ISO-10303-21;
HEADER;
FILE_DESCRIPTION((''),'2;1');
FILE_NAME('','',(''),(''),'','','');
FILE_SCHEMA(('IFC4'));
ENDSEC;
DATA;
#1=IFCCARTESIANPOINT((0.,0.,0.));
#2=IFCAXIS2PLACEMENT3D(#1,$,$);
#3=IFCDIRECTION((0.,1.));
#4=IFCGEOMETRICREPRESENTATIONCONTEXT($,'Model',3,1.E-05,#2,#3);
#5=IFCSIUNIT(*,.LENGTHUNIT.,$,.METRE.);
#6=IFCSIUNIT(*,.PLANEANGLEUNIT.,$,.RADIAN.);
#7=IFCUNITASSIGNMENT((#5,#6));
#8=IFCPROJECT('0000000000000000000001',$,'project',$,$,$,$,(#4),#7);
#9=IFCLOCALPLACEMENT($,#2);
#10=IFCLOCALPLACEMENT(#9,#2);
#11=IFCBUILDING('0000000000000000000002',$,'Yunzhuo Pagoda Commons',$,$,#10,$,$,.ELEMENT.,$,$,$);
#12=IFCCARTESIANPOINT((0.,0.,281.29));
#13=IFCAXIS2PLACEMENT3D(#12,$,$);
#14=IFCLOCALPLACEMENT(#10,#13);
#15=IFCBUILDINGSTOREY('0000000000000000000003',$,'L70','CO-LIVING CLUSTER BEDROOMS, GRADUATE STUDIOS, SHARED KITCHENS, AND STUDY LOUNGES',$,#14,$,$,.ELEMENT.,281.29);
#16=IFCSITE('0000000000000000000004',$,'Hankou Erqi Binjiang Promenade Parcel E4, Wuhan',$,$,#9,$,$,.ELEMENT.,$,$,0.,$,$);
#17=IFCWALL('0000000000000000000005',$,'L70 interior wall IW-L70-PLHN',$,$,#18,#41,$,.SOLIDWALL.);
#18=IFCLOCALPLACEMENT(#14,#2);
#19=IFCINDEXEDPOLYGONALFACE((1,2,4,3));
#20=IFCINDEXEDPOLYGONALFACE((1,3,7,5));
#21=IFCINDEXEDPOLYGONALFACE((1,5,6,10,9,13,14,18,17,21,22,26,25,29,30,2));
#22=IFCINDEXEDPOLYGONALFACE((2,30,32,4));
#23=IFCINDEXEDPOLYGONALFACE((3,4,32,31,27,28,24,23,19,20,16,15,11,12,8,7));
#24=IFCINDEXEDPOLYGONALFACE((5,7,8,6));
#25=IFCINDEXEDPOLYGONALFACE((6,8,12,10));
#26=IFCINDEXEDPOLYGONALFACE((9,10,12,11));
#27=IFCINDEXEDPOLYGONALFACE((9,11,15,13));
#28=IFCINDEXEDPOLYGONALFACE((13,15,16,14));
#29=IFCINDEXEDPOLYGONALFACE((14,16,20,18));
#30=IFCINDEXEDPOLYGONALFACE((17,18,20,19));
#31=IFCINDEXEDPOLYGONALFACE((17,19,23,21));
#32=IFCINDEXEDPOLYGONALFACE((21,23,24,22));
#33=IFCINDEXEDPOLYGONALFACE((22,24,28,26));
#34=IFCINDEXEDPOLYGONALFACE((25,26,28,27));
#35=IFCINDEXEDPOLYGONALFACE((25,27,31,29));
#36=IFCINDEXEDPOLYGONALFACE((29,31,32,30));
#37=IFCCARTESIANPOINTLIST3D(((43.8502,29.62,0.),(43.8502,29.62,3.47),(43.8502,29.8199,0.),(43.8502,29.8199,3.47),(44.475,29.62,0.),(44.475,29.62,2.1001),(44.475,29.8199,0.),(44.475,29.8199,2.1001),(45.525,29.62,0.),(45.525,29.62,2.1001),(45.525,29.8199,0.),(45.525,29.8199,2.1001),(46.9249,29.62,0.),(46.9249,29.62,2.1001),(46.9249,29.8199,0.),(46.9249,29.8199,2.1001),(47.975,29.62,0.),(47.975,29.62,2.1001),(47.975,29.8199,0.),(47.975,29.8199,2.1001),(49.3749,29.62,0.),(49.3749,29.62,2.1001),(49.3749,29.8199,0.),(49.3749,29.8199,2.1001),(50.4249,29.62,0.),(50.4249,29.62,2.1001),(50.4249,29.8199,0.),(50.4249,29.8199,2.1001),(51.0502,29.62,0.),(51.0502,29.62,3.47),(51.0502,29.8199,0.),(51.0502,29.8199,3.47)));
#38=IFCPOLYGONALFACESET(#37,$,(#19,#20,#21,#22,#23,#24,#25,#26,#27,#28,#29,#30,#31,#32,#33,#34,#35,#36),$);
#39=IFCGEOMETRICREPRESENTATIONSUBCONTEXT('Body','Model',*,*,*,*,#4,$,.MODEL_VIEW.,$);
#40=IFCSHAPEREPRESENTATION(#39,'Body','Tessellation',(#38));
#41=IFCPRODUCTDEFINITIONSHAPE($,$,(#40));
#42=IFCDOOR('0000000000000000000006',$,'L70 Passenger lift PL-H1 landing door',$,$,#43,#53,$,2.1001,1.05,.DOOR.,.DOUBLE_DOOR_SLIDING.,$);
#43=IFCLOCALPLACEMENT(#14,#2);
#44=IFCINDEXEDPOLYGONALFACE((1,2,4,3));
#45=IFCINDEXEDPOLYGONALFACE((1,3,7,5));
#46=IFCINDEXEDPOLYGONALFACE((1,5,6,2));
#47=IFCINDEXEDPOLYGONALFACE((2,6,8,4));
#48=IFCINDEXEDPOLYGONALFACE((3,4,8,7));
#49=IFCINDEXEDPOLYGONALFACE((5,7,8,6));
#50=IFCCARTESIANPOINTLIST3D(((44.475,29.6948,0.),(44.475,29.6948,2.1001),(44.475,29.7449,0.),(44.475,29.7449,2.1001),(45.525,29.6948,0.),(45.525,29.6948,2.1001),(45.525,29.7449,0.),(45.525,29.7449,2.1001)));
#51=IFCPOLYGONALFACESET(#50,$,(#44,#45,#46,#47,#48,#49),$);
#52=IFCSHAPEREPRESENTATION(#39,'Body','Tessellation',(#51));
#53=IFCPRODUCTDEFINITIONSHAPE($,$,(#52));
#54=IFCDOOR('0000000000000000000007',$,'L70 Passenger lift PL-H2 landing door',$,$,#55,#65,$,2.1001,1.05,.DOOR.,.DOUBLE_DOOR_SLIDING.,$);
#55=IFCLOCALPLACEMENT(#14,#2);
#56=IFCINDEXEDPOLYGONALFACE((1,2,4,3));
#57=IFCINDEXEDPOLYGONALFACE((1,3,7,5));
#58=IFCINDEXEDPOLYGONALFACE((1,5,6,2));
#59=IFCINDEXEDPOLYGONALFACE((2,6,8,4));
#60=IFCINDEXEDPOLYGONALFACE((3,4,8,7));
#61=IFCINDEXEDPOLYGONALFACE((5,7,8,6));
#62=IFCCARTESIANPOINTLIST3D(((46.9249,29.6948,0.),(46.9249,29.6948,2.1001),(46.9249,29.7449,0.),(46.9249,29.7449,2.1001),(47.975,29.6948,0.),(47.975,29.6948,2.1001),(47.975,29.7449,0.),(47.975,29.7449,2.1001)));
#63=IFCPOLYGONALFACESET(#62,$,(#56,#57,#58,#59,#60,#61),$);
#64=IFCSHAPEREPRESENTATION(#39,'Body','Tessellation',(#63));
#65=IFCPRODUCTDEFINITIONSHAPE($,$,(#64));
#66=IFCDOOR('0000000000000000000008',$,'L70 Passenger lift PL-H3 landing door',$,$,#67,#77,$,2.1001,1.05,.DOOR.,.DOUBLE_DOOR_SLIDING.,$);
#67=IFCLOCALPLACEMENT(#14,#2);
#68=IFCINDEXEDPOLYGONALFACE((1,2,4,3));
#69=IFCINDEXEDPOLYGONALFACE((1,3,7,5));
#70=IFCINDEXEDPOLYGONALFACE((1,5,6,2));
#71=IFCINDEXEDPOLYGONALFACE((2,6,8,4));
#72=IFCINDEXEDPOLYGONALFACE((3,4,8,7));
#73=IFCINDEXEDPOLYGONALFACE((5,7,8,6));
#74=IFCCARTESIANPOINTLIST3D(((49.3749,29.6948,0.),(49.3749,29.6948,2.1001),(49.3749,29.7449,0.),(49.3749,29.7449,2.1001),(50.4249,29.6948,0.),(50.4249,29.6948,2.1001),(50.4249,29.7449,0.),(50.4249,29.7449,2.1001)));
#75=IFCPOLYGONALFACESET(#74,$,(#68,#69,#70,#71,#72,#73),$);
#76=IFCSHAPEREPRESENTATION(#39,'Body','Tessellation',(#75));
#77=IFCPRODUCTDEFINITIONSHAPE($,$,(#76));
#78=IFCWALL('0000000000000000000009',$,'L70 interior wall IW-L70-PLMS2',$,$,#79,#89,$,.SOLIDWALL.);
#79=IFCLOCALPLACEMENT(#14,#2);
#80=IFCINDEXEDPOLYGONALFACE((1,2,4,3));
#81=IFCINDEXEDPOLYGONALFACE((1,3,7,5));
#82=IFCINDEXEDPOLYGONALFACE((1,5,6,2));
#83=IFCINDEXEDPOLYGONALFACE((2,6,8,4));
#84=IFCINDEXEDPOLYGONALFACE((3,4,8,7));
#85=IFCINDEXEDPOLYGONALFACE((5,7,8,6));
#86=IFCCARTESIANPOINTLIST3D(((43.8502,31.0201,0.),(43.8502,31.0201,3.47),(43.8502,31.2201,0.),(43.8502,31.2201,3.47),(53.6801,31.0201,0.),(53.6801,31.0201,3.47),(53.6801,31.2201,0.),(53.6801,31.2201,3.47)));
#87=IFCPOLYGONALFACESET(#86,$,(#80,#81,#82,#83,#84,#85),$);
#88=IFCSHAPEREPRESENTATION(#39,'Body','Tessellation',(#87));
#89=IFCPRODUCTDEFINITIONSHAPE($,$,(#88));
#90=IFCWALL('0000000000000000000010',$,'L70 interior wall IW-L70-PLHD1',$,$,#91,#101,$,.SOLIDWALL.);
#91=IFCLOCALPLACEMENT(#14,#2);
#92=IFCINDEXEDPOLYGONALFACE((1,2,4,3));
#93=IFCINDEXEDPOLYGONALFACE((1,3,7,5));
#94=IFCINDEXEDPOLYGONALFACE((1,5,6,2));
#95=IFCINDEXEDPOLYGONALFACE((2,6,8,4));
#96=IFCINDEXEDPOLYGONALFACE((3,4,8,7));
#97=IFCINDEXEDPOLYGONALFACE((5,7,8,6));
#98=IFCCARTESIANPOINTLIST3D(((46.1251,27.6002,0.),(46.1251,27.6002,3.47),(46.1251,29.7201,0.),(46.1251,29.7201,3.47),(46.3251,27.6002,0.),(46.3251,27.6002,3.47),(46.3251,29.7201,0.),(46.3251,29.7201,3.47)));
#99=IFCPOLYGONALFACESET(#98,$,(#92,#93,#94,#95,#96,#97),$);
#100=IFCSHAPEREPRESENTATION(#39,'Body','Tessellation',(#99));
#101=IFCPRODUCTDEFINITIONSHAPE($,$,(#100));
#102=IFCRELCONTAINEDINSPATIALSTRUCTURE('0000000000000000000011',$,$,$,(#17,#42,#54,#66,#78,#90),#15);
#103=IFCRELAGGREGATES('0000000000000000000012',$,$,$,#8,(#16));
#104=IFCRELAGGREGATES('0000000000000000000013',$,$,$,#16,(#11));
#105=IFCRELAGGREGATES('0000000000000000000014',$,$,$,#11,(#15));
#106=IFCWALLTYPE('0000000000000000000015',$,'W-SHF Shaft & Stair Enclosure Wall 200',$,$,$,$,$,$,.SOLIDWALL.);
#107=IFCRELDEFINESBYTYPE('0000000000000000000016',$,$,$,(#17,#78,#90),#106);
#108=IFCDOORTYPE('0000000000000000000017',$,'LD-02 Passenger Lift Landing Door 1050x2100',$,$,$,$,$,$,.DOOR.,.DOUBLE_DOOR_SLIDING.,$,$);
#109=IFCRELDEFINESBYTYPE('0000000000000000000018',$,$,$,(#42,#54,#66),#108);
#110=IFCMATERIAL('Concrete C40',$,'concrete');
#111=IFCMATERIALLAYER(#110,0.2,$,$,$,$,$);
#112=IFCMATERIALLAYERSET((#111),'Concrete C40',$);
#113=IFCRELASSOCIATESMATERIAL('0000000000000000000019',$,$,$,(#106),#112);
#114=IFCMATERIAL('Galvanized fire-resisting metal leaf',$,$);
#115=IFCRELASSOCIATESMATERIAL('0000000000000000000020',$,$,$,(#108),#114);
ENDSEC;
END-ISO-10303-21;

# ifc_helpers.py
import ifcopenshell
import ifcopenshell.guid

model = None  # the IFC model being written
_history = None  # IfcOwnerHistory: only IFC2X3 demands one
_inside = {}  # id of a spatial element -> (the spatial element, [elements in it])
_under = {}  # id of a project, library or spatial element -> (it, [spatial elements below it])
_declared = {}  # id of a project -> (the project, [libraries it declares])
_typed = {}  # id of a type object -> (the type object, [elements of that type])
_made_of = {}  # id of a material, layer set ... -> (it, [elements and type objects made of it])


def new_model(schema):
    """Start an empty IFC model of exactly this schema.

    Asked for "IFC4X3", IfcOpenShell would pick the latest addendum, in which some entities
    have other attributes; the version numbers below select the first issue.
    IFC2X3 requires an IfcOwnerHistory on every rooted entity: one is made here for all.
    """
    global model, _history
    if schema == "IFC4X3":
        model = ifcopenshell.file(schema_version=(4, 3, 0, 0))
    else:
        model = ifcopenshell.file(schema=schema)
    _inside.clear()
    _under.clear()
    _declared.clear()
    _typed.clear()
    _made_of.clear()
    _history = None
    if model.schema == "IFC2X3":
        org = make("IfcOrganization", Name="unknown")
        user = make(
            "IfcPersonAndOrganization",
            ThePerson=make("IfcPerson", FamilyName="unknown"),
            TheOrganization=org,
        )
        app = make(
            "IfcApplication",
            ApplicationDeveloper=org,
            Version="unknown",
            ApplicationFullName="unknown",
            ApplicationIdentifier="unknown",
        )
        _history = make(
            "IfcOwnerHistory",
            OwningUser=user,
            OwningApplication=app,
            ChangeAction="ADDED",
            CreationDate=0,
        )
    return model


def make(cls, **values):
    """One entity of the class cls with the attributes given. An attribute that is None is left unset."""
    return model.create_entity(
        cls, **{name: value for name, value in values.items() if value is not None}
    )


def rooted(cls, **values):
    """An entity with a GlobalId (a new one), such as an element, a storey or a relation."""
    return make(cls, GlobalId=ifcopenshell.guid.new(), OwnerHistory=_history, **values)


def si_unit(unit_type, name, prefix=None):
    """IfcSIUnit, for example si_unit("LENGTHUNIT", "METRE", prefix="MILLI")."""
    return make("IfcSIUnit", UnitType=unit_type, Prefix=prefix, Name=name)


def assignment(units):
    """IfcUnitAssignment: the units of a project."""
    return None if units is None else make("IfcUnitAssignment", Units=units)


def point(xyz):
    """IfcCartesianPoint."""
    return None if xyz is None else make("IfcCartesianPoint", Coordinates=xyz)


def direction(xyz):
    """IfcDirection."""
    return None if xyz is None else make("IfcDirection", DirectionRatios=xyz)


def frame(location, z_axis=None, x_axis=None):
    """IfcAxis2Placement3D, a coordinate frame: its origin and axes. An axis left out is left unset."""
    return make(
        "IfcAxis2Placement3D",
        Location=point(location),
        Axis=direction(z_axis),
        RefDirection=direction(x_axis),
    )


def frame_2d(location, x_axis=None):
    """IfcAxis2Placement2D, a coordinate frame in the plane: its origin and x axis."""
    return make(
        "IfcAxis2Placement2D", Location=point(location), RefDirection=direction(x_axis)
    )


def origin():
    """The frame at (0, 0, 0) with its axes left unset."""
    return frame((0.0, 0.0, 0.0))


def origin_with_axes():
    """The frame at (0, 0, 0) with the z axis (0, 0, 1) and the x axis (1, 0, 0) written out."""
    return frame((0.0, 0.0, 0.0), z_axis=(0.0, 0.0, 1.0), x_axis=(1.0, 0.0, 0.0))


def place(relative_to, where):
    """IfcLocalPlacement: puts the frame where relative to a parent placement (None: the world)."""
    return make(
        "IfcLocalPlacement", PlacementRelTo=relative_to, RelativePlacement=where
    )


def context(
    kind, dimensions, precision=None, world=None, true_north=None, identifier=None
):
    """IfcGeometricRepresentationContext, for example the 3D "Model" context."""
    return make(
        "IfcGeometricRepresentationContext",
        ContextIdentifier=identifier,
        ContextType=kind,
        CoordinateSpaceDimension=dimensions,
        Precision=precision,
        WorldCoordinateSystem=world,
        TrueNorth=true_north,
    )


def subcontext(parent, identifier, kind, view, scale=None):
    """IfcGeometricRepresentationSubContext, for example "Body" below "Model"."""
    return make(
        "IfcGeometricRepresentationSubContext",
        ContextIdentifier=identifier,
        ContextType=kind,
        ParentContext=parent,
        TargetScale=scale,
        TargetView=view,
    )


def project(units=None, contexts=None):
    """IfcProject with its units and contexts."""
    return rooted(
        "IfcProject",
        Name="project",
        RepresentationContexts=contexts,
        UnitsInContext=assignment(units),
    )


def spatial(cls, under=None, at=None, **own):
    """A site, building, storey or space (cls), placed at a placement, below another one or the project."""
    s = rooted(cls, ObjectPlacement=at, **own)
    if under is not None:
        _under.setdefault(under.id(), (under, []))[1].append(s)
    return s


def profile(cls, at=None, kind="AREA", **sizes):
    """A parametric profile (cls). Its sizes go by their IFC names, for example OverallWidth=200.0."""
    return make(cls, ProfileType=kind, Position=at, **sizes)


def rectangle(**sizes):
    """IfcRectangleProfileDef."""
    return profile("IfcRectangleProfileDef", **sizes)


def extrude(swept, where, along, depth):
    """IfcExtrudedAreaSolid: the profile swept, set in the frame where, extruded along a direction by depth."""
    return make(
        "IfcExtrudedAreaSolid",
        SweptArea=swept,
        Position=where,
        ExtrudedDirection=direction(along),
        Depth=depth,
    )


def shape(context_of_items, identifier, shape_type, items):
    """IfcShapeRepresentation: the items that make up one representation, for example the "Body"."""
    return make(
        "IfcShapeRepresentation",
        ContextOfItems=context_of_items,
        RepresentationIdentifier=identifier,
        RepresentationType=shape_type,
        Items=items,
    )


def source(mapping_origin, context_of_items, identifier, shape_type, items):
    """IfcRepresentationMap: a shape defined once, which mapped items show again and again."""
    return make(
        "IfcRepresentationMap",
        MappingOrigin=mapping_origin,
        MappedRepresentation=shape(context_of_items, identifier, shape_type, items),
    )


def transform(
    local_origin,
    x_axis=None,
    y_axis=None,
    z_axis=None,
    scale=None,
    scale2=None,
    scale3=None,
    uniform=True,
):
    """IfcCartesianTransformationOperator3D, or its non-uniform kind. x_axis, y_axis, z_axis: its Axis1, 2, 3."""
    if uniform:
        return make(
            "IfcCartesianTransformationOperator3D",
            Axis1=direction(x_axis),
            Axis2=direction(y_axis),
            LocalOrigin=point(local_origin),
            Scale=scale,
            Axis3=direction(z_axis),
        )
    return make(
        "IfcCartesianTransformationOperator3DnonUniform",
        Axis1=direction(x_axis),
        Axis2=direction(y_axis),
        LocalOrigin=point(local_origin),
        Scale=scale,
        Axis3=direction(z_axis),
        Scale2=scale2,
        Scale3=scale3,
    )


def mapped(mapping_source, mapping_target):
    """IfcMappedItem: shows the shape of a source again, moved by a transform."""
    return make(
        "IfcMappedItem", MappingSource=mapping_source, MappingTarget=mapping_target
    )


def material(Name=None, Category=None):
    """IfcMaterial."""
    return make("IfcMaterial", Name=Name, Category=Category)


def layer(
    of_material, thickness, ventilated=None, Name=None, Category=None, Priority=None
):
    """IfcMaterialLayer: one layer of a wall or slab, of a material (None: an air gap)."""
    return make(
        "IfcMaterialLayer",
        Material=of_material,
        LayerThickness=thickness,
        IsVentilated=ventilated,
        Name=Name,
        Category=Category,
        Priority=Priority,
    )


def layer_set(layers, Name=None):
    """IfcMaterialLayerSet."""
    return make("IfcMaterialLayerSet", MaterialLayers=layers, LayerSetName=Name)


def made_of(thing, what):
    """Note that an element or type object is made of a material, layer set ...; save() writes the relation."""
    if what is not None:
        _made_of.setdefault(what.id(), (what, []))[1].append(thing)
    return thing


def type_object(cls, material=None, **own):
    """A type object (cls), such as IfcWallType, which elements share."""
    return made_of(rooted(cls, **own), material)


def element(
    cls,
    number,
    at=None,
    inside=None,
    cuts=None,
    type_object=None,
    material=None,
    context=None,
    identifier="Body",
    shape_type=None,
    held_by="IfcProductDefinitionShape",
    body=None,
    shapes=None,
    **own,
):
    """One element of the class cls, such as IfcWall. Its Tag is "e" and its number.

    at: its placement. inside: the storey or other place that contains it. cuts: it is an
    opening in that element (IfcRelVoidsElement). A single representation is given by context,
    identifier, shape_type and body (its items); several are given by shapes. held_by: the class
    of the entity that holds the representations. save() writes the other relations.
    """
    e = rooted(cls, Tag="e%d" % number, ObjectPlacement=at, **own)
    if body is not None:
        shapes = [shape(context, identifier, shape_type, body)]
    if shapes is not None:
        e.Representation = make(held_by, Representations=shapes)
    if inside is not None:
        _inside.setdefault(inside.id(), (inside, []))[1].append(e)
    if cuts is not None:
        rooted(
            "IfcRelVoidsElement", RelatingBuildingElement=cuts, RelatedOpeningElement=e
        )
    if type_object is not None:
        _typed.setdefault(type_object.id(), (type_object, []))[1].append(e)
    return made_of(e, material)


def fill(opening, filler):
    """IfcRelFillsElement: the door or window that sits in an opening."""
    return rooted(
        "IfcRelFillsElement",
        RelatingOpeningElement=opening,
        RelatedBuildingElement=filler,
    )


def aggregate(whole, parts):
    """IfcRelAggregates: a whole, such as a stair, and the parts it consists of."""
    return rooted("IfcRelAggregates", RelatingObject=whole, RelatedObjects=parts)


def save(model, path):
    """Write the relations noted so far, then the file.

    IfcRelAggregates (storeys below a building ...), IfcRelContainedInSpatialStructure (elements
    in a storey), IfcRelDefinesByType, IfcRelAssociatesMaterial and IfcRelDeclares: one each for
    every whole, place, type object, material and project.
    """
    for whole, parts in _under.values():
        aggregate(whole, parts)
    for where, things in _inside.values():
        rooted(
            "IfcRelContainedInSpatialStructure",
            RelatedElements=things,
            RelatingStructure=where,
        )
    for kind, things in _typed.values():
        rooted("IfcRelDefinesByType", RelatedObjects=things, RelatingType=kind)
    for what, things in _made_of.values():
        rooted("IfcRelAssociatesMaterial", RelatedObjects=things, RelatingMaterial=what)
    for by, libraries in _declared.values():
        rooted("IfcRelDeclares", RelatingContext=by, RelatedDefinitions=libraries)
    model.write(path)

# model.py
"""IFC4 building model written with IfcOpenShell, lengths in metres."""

from ifc_helpers import new_model, si_unit, direction, frame, frame_2d, origin, origin_with_axes, place, context, subcontext, project, spatial, rectangle, extrude, source, transform, mapped, material, layer, layer_set, type_object, element, fill, save


model = new_model("IFC4")

# Units and contexts
model_context = context("Model", 3, precision=1e-05, world=origin(), true_north=direction((0.0, 1.0)))
body_context = subcontext(model_context, "Body", "Model", "MODEL_VIEW")
ifc_project = project(units=[si_unit("LENGTHUNIT", "METRE"), si_unit("PLANEANGLEUNIT", "RADIAN")], contexts=[model_context])

# Site, building, storey
site_placement = place(None, origin())
site = spatial("IfcSite", under=ifc_project, at=site_placement, Name="Hankou Erqi Binjiang Promenade Parcel E4, Wuhan", CompositionType="ELEMENT", RefElevation=0.0)
building_placement = place(site_placement, origin())
building = spatial("IfcBuilding", under=site, at=building_placement, Name="Yunzhuo Pagoda Commons", CompositionType="ELEMENT")
storey_placement = place(building_placement, frame((0.0, 0.0, 281.29)))
storey = spatial("IfcBuildingStorey", under=building, at=storey_placement, Name="L70", Description="CO-LIVING CLUSTER BEDROOMS, GRADUATE STUDIOS, SHARED KITCHENS, AND STUDY LOUNGES", CompositionType="ELEMENT", Elevation=281.29)

# Shared definitions
ifc_material_1 = material(Name="Galvanized fire-resisting metal leaf")

# Shared definitions
ifc_material_2 = material(Name="Concrete C40", Category="concrete")
ifc_layer_1 = layer(ifc_material_2, 0.2)
ifc_layer_set_1 = layer_set([ifc_layer_1], Name="Concrete C40")
wall_type_1 = type_object("IfcWallType", Name="W-SHF Shaft & Stair Enclosure Wall 200", PredefinedType="SOLIDWALL", material=ifc_layer_set_1)
shared_shape_1 = source(origin(), body_context, "Body", "SweptSolid", [
    extrude(rectangle(XDim=1.05, YDim=2.1001, at=frame_2d((0.5249, 1.05))), frame((0.0, 0.0249, 0.0), z_axis=(0.0, -1.0, 0.0), x_axis=(1.0, 0.0, 0.0)), (0.0, 0.0, 1.0), 0.05),
])

# Wall, openings, doors
wall_1_placement = place(storey_placement, frame((43.8501, 29.72, 0.0), z_axis=(0.0, 0.0, 1.0), x_axis=(1.0, 0.0, 0.0)))
wall_1 = element("IfcWall", 1, at=wall_1_placement, inside=storey, type_object=wall_type_1, Name="L70 interior wall IW-L70-PLHN", PredefinedType="SOLIDWALL", context=body_context, shape_type="SweptSolid", body=[
    extrude(rectangle(XDim=7.2, YDim=0.2, at=frame_2d((3.6001, 0.0))), origin(), (0.0, 0.0, 1.0), 3.47),
])
opening_1_placement = place(wall_1_placement, frame((0.625, 0.0, 0.0)))
opening_1 = element("IfcOpeningElement", 2, at=opening_1_placement, cuts=wall_1, PredefinedType="OPENING", context=body_context, shape_type="SweptSolid", body=[
    extrude(rectangle(XDim=1.05, YDim=2.1001, at=frame_2d((0.5249, 1.05))), frame((0.0, 0.1099, 0.0), z_axis=(0.0, -1.0, 0.0), x_axis=(1.0, 0.0, 0.0)), (0.0, 0.0, 1.0), 0.22),
])
opening_2_placement = place(wall_1_placement, frame((3.075, 0.0, 0.0)))
opening_2 = element("IfcOpeningElement", 3, at=opening_2_placement, cuts=wall_1, PredefinedType="OPENING", context=body_context, shape_type="SweptSolid", body=[
    extrude(rectangle(XDim=1.05, YDim=2.1001, at=frame_2d((0.5249, 1.05))), frame((0.0, 0.1099, 0.0), z_axis=(0.0, -1.0, 0.0), x_axis=(1.0, 0.0, 0.0)), (0.0, 0.0, 1.0), 0.22),
])
opening_3_placement = place(wall_1_placement, frame((5.5249, 0.0, 0.0)))
opening_3 = element("IfcOpeningElement", 4, at=opening_3_placement, cuts=wall_1, PredefinedType="OPENING", context=body_context, shape_type="SweptSolid", body=[
    extrude(rectangle(XDim=1.05, YDim=2.1001, at=frame_2d((0.5249, 1.05))), frame((0.0, 0.1099, 0.0), z_axis=(0.0, -1.0, 0.0), x_axis=(1.0, 0.0, 0.0)), (0.0, 0.0, 1.0), 0.22),
])
door_type_1 = type_object("IfcDoorType", Name="LD-02 Passenger Lift Landing Door 1050x2100", OperationType="DOUBLE_DOOR_SLIDING", PredefinedType="DOOR", material=ifc_material_1)
door_1_placement = place(opening_1_placement, origin_with_axes())
door_1 = element("IfcDoor", 5, at=door_1_placement, inside=storey, type_object=door_type_1, Name="L70 Passenger lift PL-H1 landing door", OperationType="DOUBLE_DOOR_SLIDING", OverallHeight=2.1001, OverallWidth=1.05, PredefinedType="DOOR", context=body_context, shape_type="MappedRepresentation", body=[
    mapped(shared_shape_1, transform((0.0, 0.0, 0.0), scale=1.0)),
])
fill(opening_1, door_1)
door_2_placement = place(opening_2_placement, origin_with_axes())
door_2 = element("IfcDoor", 6, at=door_2_placement, inside=storey, type_object=door_type_1, Name="L70 Passenger lift PL-H2 landing door", OperationType="DOUBLE_DOOR_SLIDING", OverallHeight=2.1001, OverallWidth=1.05, PredefinedType="DOOR", context=body_context, shape_type="MappedRepresentation", body=[
    mapped(shared_shape_1, transform((0.0, 0.0, 0.0), scale=1.0)),
])
fill(opening_2, door_2)
door_3_placement = place(opening_3_placement, origin_with_axes())
door_3 = element("IfcDoor", 7, at=door_3_placement, inside=storey, type_object=door_type_1, Name="L70 Passenger lift PL-H3 landing door", OperationType="DOUBLE_DOOR_SLIDING", OverallHeight=2.1001, OverallWidth=1.05, PredefinedType="DOOR", context=body_context, shape_type="MappedRepresentation", body=[
    mapped(shared_shape_1, transform((0.0, 0.0, 0.0), scale=1.0)),
])
fill(opening_3, door_3)

# Walls
wall_2_placement = place(storey_placement, frame((43.8501, 31.1201, 0.0), z_axis=(0.0, 0.0, 1.0), x_axis=(1.0, 0.0, 0.0)))
element("IfcWall", 8, at=wall_2_placement, inside=storey, type_object=wall_type_1, Name="L70 interior wall IW-L70-PLMS2", PredefinedType="SOLIDWALL", context=body_context, shape_type="SweptSolid", body=[
    extrude(rectangle(XDim=9.8298, YDim=0.2, at=frame_2d((4.915, 0.0))), origin(), (0.0, 0.0, 1.0), 3.47),
])
wall_3_placement = place(storey_placement, frame((46.2251, 27.6001, 0.0), z_axis=(0.0, 0.0, 1.0), x_axis=(0.0, 1.0, 0.0)))
element("IfcWall", 9, at=wall_3_placement, inside=storey, type_object=wall_type_1, Name="L70 interior wall IW-L70-PLHD1", PredefinedType="SOLIDWALL", context=body_context, shape_type="SweptSolid", body=[
    extrude(rectangle(XDim=2.1199, YDim=0.2, at=frame_2d((1.0601, 0.0))), origin(), (0.0, 0.0, 1.0), 3.47),
])

save(model, "model.ifc")
